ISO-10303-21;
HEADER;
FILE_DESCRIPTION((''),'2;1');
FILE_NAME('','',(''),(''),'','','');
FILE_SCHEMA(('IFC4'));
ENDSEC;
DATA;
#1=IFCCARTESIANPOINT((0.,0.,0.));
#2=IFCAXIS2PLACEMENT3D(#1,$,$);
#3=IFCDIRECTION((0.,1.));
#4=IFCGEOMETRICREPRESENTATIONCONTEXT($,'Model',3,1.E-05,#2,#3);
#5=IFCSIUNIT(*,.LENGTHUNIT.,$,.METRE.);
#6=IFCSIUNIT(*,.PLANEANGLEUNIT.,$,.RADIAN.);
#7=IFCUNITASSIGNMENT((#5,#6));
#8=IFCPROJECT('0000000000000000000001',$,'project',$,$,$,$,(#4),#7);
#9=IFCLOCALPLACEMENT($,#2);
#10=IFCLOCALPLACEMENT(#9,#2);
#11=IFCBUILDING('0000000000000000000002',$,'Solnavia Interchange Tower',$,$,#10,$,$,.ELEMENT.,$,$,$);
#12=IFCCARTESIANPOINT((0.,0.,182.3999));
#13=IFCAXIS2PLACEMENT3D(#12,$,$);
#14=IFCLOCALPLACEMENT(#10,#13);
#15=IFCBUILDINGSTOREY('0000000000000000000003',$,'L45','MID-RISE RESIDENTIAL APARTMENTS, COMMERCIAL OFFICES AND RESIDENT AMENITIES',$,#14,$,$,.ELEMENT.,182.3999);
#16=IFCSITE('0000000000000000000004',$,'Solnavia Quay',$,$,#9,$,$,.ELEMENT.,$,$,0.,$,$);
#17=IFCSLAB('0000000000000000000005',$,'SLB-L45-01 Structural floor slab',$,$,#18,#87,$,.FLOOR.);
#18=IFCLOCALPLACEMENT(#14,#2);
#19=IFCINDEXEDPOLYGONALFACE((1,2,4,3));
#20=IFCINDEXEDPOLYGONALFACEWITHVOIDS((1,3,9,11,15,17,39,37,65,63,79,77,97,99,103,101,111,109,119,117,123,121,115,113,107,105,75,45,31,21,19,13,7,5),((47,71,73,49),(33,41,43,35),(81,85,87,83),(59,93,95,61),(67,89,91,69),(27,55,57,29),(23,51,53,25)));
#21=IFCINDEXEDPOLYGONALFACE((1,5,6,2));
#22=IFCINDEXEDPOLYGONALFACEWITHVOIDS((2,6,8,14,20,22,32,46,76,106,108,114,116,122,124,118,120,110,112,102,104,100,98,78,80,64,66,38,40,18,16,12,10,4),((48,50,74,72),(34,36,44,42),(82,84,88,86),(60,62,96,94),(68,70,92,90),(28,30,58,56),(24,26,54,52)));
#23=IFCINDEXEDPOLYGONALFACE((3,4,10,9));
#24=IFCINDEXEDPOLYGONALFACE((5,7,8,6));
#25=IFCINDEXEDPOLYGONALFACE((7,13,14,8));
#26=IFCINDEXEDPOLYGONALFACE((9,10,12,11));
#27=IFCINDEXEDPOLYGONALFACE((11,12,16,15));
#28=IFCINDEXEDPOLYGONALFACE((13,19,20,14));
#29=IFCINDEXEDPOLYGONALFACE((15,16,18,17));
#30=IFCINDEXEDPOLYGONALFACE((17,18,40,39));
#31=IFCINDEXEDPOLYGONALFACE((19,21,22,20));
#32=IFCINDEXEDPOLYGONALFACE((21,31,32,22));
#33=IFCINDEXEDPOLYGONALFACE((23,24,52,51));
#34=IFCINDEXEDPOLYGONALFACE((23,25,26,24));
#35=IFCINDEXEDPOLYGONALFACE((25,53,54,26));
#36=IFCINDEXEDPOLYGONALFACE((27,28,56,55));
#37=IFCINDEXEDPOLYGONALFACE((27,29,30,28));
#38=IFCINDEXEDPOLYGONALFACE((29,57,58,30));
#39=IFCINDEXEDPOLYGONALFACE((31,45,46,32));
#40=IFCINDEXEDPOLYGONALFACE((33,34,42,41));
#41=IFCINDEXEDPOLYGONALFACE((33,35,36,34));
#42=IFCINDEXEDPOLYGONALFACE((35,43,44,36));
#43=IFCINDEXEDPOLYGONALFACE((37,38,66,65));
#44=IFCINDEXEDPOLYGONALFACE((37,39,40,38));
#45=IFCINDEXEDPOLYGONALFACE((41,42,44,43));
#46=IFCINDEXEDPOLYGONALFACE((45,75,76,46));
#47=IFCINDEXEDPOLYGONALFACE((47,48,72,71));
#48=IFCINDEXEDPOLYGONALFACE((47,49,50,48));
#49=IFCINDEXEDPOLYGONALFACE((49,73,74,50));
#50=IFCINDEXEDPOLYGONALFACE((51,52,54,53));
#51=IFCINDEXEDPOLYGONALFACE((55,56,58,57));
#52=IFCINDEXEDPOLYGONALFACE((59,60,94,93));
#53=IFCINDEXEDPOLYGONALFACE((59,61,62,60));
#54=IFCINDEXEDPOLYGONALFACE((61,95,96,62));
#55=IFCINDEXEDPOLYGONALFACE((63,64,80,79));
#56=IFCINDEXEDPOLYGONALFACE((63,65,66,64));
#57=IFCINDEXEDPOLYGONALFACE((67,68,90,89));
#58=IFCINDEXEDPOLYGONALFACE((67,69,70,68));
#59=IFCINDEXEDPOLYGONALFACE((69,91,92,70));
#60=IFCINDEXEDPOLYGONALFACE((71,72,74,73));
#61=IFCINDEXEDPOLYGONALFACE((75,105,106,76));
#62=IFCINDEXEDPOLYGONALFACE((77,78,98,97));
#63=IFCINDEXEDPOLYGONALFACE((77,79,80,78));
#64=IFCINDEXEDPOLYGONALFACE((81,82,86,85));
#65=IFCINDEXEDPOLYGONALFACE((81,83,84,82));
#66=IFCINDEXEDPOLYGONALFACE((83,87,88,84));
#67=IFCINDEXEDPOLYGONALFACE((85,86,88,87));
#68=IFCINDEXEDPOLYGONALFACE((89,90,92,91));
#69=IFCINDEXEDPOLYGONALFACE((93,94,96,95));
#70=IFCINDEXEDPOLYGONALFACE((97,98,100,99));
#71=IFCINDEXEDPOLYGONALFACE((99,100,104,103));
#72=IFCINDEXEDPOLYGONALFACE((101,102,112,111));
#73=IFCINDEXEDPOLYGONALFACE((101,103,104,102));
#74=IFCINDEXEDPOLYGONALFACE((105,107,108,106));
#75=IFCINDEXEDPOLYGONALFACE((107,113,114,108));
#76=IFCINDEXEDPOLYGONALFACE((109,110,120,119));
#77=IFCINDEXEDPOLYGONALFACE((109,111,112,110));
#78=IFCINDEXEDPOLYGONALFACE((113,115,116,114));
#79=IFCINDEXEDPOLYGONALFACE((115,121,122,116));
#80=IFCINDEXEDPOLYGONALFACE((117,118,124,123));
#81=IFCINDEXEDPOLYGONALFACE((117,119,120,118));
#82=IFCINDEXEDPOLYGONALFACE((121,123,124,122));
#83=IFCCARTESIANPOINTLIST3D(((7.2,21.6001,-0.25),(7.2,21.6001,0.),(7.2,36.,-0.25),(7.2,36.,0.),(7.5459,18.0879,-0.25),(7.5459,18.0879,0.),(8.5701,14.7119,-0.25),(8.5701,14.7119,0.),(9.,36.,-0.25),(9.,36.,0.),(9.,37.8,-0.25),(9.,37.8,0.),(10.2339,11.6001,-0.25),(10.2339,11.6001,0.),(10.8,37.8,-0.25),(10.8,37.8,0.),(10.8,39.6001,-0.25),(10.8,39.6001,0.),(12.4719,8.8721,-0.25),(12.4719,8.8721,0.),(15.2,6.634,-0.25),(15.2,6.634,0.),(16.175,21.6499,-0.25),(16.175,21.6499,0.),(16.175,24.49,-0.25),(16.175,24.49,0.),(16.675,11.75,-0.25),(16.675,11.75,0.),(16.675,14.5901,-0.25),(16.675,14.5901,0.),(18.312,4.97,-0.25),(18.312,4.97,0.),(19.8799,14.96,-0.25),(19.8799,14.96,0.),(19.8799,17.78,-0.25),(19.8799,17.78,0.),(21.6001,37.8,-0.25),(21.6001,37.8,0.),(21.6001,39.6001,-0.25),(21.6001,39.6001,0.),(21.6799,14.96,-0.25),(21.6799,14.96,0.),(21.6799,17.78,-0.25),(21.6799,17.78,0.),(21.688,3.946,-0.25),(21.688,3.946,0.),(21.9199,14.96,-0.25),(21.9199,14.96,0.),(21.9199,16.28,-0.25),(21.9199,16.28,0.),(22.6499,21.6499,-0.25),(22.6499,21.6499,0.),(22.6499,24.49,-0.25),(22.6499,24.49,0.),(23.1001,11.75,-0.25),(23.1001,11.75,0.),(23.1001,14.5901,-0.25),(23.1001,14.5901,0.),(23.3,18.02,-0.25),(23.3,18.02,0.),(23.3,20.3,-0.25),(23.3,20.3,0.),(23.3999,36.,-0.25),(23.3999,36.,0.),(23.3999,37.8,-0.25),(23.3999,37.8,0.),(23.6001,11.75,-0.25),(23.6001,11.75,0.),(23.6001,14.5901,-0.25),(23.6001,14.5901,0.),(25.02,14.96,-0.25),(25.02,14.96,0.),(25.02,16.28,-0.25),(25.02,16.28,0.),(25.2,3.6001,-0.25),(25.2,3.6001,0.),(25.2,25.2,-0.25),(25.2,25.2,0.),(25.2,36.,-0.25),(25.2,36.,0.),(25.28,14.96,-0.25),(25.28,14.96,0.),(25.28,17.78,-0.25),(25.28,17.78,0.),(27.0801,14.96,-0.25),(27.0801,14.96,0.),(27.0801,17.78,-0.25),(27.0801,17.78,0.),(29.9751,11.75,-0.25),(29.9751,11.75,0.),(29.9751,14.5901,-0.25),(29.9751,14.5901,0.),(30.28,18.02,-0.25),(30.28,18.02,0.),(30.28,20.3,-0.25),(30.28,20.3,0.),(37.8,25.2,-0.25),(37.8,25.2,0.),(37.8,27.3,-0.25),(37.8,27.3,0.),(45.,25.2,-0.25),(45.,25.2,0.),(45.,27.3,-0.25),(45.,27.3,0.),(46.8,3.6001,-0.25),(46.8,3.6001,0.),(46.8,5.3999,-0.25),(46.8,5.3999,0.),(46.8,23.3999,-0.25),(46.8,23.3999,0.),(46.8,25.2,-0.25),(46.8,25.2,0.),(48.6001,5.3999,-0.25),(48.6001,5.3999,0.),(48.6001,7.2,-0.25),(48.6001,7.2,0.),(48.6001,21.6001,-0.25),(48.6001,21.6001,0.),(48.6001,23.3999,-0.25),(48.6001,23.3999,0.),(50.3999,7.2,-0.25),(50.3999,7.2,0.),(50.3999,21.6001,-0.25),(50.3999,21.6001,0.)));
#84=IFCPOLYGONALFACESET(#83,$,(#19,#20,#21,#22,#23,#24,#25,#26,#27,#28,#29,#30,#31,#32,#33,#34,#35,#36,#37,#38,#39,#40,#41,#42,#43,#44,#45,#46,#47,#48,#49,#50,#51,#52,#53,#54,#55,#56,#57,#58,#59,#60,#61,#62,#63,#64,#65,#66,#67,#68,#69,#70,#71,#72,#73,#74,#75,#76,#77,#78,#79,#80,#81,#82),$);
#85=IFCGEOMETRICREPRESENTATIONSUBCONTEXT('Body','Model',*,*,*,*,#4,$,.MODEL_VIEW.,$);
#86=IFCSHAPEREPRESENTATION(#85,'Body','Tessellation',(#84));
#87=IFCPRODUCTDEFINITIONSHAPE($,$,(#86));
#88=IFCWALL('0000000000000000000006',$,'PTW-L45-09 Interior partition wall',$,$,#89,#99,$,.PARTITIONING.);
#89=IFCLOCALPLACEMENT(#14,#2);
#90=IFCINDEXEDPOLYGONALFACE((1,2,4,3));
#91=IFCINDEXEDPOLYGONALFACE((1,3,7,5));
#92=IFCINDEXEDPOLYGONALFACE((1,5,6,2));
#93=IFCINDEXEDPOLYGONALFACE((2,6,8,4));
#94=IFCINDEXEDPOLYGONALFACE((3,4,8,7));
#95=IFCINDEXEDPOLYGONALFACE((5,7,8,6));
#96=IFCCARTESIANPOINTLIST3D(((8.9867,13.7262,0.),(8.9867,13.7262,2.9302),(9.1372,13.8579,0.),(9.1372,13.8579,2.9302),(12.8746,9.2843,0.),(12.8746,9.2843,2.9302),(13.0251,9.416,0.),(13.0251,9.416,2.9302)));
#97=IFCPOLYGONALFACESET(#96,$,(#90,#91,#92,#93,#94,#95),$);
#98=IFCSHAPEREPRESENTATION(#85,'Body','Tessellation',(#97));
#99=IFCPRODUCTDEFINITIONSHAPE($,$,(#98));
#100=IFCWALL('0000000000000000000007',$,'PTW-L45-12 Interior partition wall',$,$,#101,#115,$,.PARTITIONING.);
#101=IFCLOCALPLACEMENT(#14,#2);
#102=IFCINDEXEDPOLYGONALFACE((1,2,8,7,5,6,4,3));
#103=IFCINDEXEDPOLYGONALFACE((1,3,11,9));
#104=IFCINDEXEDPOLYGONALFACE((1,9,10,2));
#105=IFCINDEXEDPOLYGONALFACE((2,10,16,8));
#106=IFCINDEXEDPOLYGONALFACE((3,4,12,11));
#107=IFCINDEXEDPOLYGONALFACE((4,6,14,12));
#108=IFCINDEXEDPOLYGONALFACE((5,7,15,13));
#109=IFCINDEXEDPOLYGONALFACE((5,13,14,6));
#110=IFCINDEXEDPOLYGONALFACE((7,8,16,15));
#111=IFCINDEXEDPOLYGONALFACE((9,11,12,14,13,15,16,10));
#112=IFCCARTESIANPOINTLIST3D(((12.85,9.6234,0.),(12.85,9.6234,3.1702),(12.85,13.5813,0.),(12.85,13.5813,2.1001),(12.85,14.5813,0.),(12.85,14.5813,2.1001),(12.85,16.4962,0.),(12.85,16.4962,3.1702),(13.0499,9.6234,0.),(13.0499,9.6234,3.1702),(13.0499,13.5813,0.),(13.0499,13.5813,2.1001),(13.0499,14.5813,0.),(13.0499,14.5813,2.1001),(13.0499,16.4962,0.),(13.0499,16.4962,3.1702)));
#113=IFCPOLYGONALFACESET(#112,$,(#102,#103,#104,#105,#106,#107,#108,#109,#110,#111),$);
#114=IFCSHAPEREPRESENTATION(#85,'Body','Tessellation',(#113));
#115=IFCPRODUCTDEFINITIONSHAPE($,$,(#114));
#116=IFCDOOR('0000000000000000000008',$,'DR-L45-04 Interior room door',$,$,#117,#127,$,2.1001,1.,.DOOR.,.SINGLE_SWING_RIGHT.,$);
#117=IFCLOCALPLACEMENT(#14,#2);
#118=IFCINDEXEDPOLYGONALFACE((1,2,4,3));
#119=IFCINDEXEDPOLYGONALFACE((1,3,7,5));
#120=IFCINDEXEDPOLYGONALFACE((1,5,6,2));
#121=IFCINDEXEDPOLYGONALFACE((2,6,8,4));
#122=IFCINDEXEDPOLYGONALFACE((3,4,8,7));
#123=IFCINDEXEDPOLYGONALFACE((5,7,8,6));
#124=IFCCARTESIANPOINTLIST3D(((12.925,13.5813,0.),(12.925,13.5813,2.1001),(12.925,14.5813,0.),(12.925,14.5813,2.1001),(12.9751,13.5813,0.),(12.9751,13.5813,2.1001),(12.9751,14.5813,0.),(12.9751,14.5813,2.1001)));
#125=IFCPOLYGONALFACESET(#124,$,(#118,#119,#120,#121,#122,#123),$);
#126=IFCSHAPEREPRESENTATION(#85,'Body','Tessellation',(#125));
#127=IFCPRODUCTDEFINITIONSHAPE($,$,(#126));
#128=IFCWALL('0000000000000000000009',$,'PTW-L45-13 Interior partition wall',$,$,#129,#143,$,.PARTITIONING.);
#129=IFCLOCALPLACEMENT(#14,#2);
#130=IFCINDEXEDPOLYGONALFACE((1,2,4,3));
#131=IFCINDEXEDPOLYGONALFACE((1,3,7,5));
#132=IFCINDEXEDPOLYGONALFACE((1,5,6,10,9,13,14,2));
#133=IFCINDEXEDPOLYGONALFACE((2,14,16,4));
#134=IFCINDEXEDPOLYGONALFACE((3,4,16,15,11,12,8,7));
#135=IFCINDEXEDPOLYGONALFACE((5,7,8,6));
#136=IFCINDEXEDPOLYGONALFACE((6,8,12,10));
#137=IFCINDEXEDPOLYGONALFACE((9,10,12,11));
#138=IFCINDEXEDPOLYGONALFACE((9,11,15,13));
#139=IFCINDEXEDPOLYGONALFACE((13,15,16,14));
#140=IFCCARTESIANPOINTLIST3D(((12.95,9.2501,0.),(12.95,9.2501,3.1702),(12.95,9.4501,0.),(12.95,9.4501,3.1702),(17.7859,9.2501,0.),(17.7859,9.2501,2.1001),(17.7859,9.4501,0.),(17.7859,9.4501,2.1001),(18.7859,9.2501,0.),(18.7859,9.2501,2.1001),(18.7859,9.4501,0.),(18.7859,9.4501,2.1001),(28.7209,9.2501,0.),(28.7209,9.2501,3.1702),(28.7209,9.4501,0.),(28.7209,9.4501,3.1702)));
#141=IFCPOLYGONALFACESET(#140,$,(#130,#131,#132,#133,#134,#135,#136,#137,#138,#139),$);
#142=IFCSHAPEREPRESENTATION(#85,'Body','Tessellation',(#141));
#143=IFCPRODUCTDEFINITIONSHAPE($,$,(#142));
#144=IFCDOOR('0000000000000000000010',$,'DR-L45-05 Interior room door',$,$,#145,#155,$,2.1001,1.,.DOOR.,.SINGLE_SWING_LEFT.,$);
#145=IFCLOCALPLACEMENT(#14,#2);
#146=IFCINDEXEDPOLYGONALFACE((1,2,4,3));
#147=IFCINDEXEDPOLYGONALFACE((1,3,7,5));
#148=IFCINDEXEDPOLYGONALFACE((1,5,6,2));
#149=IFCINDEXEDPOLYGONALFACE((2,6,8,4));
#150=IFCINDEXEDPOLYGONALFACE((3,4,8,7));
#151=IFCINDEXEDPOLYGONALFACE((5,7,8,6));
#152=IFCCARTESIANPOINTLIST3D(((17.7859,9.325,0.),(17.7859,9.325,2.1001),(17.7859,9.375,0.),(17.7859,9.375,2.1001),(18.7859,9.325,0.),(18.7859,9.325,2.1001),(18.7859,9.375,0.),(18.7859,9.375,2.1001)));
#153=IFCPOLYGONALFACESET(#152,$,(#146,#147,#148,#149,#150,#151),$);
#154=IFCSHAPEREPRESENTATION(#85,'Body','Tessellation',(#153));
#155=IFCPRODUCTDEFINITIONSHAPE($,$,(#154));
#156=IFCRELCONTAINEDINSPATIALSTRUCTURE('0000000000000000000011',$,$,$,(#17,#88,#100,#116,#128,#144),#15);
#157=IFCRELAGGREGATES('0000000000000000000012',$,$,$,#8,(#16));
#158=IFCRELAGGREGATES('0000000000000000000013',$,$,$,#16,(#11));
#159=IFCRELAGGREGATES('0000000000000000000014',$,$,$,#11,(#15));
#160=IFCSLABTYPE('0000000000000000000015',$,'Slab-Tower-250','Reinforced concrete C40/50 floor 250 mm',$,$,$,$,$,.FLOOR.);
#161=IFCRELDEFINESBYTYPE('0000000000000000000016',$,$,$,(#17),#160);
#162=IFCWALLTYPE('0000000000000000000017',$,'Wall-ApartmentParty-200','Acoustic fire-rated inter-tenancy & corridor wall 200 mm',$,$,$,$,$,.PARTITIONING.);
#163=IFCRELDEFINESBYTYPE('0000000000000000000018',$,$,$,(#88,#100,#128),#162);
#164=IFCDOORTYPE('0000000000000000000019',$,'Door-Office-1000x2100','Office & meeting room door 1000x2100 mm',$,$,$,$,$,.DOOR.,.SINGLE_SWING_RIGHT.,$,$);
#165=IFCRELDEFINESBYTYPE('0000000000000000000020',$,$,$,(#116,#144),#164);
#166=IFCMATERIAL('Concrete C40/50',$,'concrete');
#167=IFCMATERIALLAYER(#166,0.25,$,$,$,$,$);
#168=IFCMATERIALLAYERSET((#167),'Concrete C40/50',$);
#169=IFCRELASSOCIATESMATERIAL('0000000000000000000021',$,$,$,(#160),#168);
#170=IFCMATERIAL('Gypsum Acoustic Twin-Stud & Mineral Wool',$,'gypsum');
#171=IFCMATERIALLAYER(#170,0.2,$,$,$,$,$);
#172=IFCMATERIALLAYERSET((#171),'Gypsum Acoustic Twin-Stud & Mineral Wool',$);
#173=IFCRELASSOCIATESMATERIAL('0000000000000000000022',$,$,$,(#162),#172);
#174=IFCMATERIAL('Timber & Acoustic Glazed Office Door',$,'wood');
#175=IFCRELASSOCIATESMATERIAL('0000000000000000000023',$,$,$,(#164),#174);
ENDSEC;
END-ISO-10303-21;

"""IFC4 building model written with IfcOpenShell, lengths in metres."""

from ifc_helpers import new_model, si_unit, direction, frame, frame_2d, origin, place, context, subcontext, project, spatial, polyline, rectangle, outline, extrude, material, layer, layer_set, type_object, element, fill, save


model = new_model("IFC4")

# Units and contexts
model_context = context("Model", 3, precision=1e-05, world=origin(), true_north=direction((0.0, 1.0)))
body_context = subcontext(model_context, "Body", "Model", "MODEL_VIEW")
ifc_project = project(units=[si_unit("LENGTHUNIT", "METRE"), si_unit("PLANEANGLEUNIT", "RADIAN")], contexts=[model_context])

# Site, building, storey
site_placement = place(None, origin())
site = spatial("IfcSite", under=ifc_project, at=site_placement, Name="Solnavia Quay", CompositionType="ELEMENT", RefElevation=0.0)
building_placement = place(site_placement, origin())
building = spatial("IfcBuilding", under=site, at=building_placement, Name="Solnavia Interchange Tower", CompositionType="ELEMENT")
storey_placement = place(building_placement, frame((0.0, 0.0, 182.3999)))
storey = spatial("IfcBuildingStorey", under=building, at=storey_placement, Name="L45", Description="MID-RISE RESIDENTIAL APARTMENTS, COMMERCIAL OFFICES AND RESIDENT AMENITIES", CompositionType="ELEMENT", Elevation=182.3999)

# Shared definitions
ifc_material_1 = material(Name="Concrete C40/50", Category="concrete")

# Slab
ifc_layer_1 = layer(ifc_material_1, 0.25)
ifc_layer_set_1 = layer_set([ifc_layer_1], Name="Concrete C40/50")
slab_type_1 = type_object("IfcSlabType", Name="Slab-Tower-250", Description="Reinforced concrete C40/50 floor 250 mm", PredefinedType="FLOOR", material=ifc_layer_set_1)
slab_1_placement = place(storey_placement, frame((0.0, 0.0, -0.25)))
element("IfcSlab", 1, at=slab_1_placement, inside=storey, type_object=slab_type_1, Name="SLB-L45-01 Structural floor slab", PredefinedType="FLOOR", context=body_context, shape_type="SweptSolid", body=[
    extrude(outline(polyline([(25.2, 3.6001), (46.8, 3.6001), (46.8, 5.3999), (48.6001, 5.3999), (48.6001, 7.2), (50.3999, 7.2), (50.3999, 21.6001), (48.6001, 21.6001), (48.6001, 23.3999), (46.8, 23.3999), (46.8, 25.2), (45.0, 25.2), (45.0, 27.3), (37.8, 27.3), (37.8, 25.2), (25.2, 25.2), (25.2, 36.0), (23.3999, 36.0), (23.3999, 37.8), (21.6001, 37.8), (21.6001, 39.6001), (10.8, 39.6001), (10.8, 37.8), (9.0, 37.8), (9.0, 36.0), (7.2, 36.0), (7.2, 21.6001), (7.5459, 18.0879), (8.5701, 14.7119), (10.2339, 11.6001), (12.4719, 8.8721), (15.2, 6.634), (18.312, 4.97), (21.688, 3.946), (25.2, 3.6001)]), holes=[polyline([(16.675, 11.75), (23.1001, 11.75), (23.1001, 14.5901), (16.675, 14.5901), (16.675, 11.75)]), polyline([(23.6001, 11.75), (29.9751, 11.75), (29.9751, 14.5901), (23.6001, 14.5901), (23.6001, 11.75)]), polyline([(16.175, 21.6499), (22.6499, 21.6499), (22.6499, 24.49), (16.175, 24.49), (16.175, 21.6499)]), polyline([(19.8799, 14.96), (21.6799, 14.96), (21.6799, 17.78), (19.8799, 17.78), (19.8799, 14.96)]), polyline([(25.28, 14.96), (27.0801, 14.96), (27.0801, 17.78), (25.28, 17.78), (25.28, 14.96)]), polyline([(21.9199, 14.96), (25.02, 14.96), (25.02, 16.28), (21.9199, 16.28), (21.9199, 14.96)]), polyline([(23.3, 18.02), (30.28, 18.02), (30.28, 20.3), (23.3, 20.3), (23.3, 18.02)])]), origin(), (0.0, 0.0, 1.0), 0.25),
])

# Wall
ifc_material_2 = material(Name="Gypsum Acoustic Twin-Stud & Mineral Wool", Category="gypsum")
ifc_layer_2 = layer(ifc_material_2, 0.2)
ifc_layer_set_2 = layer_set([ifc_layer_2], Name="Gypsum Acoustic Twin-Stud & Mineral Wool")
wall_type_1 = type_object("IfcWallType", Name="Wall-ApartmentParty-200", Description="Acoustic fire-rated inter-tenancy & corridor wall 200 mm", PredefinedType="PARTITIONING", material=ifc_layer_set_2)
wall_1_placement = place(storey_placement, frame((12.95, 9.3501, 0.0), z_axis=(0.0, 0.0, 1.0), x_axis=(-0.658628, 0.752469, 0.0)))
element("IfcWall", 2, at=wall_1_placement, inside=storey, type_object=wall_type_1, Name="PTW-L45-09 Interior partition wall", PredefinedType="PARTITIONING", context=body_context, shape_type="SweptSolid", body=[
    extrude(rectangle(XDim=5.9031, YDim=0.2, at=frame_2d((2.9517, 0.0))), origin(), (0.0, 0.0, 1.0), 2.9302),
])

# Walls, openings, doors
wall_2_placement = place(storey_placement, frame((12.95, 9.6233, 0.0), z_axis=(0.0, 0.0, 1.0), x_axis=(0.0, 1.0, 0.0)))
wall_2 = element("IfcWall", 3, at=wall_2_placement, inside=storey, type_object=wall_type_1, Name="PTW-L45-12 Interior partition wall", PredefinedType="PARTITIONING", context=body_context, shape_type="SweptSolid", body=[
    extrude(rectangle(XDim=6.8728, YDim=0.2, at=frame_2d((3.4365, 0.0))), origin(), (0.0, 0.0, 1.0), 3.1702),
])
opening_1_placement = place(wall_2_placement, frame((3.958, 0.0, 0.0)))
opening_1 = element("IfcOpeningElement", 4, at=opening_1_placement, cuts=wall_2, PredefinedType="OPENING", context=body_context, shape_type="SweptSolid", body=[
    extrude(rectangle(XDim=1.0, YDim=2.1001, at=frame_2d((0.5, 1.05))), frame((0.0, 0.1099, 0.0), z_axis=(0.0, -1.0, 0.0), x_axis=(1.0, 0.0, 0.0)), (0.0, 0.0, 1.0), 0.22),
])
ifc_material_3 = material(Name="Timber & Acoustic Glazed Office Door", Category="wood")
door_type = type_object("IfcDoorType", Name="Door-Office-1000x2100", Description="Office & meeting room door 1000x2100 mm", OperationType="SINGLE_SWING_RIGHT", PredefinedType="DOOR", material=ifc_material_3)
door_1_placement = place(opening_1_placement, origin())
door_1 = element("IfcDoor", 5, at=door_1_placement, inside=storey, type_object=door_type, Name="DR-L45-04 Interior room door", OperationType="SINGLE_SWING_RIGHT", OverallHeight=2.1001, OverallWidth=1.0, PredefinedType="DOOR", context=body_context, shape_type="SweptSolid", body=[
    extrude(rectangle(XDim=1.0, YDim=2.1001, at=frame_2d((0.5, 1.05))), frame((0.0, 0.0249, 0.0), z_axis=(0.0, -1.0, 0.0), x_axis=(1.0, 0.0, 0.0)), (0.0, 0.0, 1.0), 0.05),
])
fill(opening_1, door_1)
wall_3_placement = place(storey_placement, frame((12.95, 9.3501, 0.0), z_axis=(0.0, 0.0, 1.0), x_axis=(1.0, 0.0, 0.0)))
wall_3 = element("IfcWall", 6, at=wall_3_placement, inside=storey, type_object=wall_type_1, Name="PTW-L45-13 Interior partition wall", PredefinedType="PARTITIONING", context=body_context, shape_type="SweptSolid", body=[
    extrude(rectangle(XDim=15.771, YDim=0.2, at=frame_2d((7.8855, 0.0))), origin(), (0.0, 0.0, 1.0), 3.1702),
])
opening_2_placement = place(wall_3_placement, frame((4.8359, 0.0, 0.0)))
opening_2 = element("IfcOpeningElement", 7, at=opening_2_placement, cuts=wall_3, PredefinedType="OPENING", context=body_context, shape_type="SweptSolid", body=[
    extrude(rectangle(XDim=1.0, YDim=2.1001, at=frame_2d((0.5, 1.05))), frame((0.0, 0.1099, 0.0), z_axis=(0.0, -1.0, 0.0), x_axis=(1.0, 0.0, 0.0)), (0.0, 0.0, 1.0), 0.22),
])
door_2_placement = place(opening_2_placement, origin())
door_2 = element("IfcDoor", 8, at=door_2_placement, inside=storey, type_object=door_type, Name="DR-L45-05 Interior room door", OperationType="SINGLE_SWING_LEFT", OverallHeight=2.1001, OverallWidth=1.0, PredefinedType="DOOR", context=body_context, shape_type="SweptSolid", body=[
    extrude(rectangle(XDim=1.0, YDim=2.1001, at=frame_2d((0.5, 1.05))), frame((0.0, 0.0249, 0.0), z_axis=(0.0, -1.0, 0.0), x_axis=(1.0, 0.0, 0.0)), (0.0, 0.0, 1.0), 0.05),
])
fill(opening_2, door_2)

save(model, "model.ifc")
